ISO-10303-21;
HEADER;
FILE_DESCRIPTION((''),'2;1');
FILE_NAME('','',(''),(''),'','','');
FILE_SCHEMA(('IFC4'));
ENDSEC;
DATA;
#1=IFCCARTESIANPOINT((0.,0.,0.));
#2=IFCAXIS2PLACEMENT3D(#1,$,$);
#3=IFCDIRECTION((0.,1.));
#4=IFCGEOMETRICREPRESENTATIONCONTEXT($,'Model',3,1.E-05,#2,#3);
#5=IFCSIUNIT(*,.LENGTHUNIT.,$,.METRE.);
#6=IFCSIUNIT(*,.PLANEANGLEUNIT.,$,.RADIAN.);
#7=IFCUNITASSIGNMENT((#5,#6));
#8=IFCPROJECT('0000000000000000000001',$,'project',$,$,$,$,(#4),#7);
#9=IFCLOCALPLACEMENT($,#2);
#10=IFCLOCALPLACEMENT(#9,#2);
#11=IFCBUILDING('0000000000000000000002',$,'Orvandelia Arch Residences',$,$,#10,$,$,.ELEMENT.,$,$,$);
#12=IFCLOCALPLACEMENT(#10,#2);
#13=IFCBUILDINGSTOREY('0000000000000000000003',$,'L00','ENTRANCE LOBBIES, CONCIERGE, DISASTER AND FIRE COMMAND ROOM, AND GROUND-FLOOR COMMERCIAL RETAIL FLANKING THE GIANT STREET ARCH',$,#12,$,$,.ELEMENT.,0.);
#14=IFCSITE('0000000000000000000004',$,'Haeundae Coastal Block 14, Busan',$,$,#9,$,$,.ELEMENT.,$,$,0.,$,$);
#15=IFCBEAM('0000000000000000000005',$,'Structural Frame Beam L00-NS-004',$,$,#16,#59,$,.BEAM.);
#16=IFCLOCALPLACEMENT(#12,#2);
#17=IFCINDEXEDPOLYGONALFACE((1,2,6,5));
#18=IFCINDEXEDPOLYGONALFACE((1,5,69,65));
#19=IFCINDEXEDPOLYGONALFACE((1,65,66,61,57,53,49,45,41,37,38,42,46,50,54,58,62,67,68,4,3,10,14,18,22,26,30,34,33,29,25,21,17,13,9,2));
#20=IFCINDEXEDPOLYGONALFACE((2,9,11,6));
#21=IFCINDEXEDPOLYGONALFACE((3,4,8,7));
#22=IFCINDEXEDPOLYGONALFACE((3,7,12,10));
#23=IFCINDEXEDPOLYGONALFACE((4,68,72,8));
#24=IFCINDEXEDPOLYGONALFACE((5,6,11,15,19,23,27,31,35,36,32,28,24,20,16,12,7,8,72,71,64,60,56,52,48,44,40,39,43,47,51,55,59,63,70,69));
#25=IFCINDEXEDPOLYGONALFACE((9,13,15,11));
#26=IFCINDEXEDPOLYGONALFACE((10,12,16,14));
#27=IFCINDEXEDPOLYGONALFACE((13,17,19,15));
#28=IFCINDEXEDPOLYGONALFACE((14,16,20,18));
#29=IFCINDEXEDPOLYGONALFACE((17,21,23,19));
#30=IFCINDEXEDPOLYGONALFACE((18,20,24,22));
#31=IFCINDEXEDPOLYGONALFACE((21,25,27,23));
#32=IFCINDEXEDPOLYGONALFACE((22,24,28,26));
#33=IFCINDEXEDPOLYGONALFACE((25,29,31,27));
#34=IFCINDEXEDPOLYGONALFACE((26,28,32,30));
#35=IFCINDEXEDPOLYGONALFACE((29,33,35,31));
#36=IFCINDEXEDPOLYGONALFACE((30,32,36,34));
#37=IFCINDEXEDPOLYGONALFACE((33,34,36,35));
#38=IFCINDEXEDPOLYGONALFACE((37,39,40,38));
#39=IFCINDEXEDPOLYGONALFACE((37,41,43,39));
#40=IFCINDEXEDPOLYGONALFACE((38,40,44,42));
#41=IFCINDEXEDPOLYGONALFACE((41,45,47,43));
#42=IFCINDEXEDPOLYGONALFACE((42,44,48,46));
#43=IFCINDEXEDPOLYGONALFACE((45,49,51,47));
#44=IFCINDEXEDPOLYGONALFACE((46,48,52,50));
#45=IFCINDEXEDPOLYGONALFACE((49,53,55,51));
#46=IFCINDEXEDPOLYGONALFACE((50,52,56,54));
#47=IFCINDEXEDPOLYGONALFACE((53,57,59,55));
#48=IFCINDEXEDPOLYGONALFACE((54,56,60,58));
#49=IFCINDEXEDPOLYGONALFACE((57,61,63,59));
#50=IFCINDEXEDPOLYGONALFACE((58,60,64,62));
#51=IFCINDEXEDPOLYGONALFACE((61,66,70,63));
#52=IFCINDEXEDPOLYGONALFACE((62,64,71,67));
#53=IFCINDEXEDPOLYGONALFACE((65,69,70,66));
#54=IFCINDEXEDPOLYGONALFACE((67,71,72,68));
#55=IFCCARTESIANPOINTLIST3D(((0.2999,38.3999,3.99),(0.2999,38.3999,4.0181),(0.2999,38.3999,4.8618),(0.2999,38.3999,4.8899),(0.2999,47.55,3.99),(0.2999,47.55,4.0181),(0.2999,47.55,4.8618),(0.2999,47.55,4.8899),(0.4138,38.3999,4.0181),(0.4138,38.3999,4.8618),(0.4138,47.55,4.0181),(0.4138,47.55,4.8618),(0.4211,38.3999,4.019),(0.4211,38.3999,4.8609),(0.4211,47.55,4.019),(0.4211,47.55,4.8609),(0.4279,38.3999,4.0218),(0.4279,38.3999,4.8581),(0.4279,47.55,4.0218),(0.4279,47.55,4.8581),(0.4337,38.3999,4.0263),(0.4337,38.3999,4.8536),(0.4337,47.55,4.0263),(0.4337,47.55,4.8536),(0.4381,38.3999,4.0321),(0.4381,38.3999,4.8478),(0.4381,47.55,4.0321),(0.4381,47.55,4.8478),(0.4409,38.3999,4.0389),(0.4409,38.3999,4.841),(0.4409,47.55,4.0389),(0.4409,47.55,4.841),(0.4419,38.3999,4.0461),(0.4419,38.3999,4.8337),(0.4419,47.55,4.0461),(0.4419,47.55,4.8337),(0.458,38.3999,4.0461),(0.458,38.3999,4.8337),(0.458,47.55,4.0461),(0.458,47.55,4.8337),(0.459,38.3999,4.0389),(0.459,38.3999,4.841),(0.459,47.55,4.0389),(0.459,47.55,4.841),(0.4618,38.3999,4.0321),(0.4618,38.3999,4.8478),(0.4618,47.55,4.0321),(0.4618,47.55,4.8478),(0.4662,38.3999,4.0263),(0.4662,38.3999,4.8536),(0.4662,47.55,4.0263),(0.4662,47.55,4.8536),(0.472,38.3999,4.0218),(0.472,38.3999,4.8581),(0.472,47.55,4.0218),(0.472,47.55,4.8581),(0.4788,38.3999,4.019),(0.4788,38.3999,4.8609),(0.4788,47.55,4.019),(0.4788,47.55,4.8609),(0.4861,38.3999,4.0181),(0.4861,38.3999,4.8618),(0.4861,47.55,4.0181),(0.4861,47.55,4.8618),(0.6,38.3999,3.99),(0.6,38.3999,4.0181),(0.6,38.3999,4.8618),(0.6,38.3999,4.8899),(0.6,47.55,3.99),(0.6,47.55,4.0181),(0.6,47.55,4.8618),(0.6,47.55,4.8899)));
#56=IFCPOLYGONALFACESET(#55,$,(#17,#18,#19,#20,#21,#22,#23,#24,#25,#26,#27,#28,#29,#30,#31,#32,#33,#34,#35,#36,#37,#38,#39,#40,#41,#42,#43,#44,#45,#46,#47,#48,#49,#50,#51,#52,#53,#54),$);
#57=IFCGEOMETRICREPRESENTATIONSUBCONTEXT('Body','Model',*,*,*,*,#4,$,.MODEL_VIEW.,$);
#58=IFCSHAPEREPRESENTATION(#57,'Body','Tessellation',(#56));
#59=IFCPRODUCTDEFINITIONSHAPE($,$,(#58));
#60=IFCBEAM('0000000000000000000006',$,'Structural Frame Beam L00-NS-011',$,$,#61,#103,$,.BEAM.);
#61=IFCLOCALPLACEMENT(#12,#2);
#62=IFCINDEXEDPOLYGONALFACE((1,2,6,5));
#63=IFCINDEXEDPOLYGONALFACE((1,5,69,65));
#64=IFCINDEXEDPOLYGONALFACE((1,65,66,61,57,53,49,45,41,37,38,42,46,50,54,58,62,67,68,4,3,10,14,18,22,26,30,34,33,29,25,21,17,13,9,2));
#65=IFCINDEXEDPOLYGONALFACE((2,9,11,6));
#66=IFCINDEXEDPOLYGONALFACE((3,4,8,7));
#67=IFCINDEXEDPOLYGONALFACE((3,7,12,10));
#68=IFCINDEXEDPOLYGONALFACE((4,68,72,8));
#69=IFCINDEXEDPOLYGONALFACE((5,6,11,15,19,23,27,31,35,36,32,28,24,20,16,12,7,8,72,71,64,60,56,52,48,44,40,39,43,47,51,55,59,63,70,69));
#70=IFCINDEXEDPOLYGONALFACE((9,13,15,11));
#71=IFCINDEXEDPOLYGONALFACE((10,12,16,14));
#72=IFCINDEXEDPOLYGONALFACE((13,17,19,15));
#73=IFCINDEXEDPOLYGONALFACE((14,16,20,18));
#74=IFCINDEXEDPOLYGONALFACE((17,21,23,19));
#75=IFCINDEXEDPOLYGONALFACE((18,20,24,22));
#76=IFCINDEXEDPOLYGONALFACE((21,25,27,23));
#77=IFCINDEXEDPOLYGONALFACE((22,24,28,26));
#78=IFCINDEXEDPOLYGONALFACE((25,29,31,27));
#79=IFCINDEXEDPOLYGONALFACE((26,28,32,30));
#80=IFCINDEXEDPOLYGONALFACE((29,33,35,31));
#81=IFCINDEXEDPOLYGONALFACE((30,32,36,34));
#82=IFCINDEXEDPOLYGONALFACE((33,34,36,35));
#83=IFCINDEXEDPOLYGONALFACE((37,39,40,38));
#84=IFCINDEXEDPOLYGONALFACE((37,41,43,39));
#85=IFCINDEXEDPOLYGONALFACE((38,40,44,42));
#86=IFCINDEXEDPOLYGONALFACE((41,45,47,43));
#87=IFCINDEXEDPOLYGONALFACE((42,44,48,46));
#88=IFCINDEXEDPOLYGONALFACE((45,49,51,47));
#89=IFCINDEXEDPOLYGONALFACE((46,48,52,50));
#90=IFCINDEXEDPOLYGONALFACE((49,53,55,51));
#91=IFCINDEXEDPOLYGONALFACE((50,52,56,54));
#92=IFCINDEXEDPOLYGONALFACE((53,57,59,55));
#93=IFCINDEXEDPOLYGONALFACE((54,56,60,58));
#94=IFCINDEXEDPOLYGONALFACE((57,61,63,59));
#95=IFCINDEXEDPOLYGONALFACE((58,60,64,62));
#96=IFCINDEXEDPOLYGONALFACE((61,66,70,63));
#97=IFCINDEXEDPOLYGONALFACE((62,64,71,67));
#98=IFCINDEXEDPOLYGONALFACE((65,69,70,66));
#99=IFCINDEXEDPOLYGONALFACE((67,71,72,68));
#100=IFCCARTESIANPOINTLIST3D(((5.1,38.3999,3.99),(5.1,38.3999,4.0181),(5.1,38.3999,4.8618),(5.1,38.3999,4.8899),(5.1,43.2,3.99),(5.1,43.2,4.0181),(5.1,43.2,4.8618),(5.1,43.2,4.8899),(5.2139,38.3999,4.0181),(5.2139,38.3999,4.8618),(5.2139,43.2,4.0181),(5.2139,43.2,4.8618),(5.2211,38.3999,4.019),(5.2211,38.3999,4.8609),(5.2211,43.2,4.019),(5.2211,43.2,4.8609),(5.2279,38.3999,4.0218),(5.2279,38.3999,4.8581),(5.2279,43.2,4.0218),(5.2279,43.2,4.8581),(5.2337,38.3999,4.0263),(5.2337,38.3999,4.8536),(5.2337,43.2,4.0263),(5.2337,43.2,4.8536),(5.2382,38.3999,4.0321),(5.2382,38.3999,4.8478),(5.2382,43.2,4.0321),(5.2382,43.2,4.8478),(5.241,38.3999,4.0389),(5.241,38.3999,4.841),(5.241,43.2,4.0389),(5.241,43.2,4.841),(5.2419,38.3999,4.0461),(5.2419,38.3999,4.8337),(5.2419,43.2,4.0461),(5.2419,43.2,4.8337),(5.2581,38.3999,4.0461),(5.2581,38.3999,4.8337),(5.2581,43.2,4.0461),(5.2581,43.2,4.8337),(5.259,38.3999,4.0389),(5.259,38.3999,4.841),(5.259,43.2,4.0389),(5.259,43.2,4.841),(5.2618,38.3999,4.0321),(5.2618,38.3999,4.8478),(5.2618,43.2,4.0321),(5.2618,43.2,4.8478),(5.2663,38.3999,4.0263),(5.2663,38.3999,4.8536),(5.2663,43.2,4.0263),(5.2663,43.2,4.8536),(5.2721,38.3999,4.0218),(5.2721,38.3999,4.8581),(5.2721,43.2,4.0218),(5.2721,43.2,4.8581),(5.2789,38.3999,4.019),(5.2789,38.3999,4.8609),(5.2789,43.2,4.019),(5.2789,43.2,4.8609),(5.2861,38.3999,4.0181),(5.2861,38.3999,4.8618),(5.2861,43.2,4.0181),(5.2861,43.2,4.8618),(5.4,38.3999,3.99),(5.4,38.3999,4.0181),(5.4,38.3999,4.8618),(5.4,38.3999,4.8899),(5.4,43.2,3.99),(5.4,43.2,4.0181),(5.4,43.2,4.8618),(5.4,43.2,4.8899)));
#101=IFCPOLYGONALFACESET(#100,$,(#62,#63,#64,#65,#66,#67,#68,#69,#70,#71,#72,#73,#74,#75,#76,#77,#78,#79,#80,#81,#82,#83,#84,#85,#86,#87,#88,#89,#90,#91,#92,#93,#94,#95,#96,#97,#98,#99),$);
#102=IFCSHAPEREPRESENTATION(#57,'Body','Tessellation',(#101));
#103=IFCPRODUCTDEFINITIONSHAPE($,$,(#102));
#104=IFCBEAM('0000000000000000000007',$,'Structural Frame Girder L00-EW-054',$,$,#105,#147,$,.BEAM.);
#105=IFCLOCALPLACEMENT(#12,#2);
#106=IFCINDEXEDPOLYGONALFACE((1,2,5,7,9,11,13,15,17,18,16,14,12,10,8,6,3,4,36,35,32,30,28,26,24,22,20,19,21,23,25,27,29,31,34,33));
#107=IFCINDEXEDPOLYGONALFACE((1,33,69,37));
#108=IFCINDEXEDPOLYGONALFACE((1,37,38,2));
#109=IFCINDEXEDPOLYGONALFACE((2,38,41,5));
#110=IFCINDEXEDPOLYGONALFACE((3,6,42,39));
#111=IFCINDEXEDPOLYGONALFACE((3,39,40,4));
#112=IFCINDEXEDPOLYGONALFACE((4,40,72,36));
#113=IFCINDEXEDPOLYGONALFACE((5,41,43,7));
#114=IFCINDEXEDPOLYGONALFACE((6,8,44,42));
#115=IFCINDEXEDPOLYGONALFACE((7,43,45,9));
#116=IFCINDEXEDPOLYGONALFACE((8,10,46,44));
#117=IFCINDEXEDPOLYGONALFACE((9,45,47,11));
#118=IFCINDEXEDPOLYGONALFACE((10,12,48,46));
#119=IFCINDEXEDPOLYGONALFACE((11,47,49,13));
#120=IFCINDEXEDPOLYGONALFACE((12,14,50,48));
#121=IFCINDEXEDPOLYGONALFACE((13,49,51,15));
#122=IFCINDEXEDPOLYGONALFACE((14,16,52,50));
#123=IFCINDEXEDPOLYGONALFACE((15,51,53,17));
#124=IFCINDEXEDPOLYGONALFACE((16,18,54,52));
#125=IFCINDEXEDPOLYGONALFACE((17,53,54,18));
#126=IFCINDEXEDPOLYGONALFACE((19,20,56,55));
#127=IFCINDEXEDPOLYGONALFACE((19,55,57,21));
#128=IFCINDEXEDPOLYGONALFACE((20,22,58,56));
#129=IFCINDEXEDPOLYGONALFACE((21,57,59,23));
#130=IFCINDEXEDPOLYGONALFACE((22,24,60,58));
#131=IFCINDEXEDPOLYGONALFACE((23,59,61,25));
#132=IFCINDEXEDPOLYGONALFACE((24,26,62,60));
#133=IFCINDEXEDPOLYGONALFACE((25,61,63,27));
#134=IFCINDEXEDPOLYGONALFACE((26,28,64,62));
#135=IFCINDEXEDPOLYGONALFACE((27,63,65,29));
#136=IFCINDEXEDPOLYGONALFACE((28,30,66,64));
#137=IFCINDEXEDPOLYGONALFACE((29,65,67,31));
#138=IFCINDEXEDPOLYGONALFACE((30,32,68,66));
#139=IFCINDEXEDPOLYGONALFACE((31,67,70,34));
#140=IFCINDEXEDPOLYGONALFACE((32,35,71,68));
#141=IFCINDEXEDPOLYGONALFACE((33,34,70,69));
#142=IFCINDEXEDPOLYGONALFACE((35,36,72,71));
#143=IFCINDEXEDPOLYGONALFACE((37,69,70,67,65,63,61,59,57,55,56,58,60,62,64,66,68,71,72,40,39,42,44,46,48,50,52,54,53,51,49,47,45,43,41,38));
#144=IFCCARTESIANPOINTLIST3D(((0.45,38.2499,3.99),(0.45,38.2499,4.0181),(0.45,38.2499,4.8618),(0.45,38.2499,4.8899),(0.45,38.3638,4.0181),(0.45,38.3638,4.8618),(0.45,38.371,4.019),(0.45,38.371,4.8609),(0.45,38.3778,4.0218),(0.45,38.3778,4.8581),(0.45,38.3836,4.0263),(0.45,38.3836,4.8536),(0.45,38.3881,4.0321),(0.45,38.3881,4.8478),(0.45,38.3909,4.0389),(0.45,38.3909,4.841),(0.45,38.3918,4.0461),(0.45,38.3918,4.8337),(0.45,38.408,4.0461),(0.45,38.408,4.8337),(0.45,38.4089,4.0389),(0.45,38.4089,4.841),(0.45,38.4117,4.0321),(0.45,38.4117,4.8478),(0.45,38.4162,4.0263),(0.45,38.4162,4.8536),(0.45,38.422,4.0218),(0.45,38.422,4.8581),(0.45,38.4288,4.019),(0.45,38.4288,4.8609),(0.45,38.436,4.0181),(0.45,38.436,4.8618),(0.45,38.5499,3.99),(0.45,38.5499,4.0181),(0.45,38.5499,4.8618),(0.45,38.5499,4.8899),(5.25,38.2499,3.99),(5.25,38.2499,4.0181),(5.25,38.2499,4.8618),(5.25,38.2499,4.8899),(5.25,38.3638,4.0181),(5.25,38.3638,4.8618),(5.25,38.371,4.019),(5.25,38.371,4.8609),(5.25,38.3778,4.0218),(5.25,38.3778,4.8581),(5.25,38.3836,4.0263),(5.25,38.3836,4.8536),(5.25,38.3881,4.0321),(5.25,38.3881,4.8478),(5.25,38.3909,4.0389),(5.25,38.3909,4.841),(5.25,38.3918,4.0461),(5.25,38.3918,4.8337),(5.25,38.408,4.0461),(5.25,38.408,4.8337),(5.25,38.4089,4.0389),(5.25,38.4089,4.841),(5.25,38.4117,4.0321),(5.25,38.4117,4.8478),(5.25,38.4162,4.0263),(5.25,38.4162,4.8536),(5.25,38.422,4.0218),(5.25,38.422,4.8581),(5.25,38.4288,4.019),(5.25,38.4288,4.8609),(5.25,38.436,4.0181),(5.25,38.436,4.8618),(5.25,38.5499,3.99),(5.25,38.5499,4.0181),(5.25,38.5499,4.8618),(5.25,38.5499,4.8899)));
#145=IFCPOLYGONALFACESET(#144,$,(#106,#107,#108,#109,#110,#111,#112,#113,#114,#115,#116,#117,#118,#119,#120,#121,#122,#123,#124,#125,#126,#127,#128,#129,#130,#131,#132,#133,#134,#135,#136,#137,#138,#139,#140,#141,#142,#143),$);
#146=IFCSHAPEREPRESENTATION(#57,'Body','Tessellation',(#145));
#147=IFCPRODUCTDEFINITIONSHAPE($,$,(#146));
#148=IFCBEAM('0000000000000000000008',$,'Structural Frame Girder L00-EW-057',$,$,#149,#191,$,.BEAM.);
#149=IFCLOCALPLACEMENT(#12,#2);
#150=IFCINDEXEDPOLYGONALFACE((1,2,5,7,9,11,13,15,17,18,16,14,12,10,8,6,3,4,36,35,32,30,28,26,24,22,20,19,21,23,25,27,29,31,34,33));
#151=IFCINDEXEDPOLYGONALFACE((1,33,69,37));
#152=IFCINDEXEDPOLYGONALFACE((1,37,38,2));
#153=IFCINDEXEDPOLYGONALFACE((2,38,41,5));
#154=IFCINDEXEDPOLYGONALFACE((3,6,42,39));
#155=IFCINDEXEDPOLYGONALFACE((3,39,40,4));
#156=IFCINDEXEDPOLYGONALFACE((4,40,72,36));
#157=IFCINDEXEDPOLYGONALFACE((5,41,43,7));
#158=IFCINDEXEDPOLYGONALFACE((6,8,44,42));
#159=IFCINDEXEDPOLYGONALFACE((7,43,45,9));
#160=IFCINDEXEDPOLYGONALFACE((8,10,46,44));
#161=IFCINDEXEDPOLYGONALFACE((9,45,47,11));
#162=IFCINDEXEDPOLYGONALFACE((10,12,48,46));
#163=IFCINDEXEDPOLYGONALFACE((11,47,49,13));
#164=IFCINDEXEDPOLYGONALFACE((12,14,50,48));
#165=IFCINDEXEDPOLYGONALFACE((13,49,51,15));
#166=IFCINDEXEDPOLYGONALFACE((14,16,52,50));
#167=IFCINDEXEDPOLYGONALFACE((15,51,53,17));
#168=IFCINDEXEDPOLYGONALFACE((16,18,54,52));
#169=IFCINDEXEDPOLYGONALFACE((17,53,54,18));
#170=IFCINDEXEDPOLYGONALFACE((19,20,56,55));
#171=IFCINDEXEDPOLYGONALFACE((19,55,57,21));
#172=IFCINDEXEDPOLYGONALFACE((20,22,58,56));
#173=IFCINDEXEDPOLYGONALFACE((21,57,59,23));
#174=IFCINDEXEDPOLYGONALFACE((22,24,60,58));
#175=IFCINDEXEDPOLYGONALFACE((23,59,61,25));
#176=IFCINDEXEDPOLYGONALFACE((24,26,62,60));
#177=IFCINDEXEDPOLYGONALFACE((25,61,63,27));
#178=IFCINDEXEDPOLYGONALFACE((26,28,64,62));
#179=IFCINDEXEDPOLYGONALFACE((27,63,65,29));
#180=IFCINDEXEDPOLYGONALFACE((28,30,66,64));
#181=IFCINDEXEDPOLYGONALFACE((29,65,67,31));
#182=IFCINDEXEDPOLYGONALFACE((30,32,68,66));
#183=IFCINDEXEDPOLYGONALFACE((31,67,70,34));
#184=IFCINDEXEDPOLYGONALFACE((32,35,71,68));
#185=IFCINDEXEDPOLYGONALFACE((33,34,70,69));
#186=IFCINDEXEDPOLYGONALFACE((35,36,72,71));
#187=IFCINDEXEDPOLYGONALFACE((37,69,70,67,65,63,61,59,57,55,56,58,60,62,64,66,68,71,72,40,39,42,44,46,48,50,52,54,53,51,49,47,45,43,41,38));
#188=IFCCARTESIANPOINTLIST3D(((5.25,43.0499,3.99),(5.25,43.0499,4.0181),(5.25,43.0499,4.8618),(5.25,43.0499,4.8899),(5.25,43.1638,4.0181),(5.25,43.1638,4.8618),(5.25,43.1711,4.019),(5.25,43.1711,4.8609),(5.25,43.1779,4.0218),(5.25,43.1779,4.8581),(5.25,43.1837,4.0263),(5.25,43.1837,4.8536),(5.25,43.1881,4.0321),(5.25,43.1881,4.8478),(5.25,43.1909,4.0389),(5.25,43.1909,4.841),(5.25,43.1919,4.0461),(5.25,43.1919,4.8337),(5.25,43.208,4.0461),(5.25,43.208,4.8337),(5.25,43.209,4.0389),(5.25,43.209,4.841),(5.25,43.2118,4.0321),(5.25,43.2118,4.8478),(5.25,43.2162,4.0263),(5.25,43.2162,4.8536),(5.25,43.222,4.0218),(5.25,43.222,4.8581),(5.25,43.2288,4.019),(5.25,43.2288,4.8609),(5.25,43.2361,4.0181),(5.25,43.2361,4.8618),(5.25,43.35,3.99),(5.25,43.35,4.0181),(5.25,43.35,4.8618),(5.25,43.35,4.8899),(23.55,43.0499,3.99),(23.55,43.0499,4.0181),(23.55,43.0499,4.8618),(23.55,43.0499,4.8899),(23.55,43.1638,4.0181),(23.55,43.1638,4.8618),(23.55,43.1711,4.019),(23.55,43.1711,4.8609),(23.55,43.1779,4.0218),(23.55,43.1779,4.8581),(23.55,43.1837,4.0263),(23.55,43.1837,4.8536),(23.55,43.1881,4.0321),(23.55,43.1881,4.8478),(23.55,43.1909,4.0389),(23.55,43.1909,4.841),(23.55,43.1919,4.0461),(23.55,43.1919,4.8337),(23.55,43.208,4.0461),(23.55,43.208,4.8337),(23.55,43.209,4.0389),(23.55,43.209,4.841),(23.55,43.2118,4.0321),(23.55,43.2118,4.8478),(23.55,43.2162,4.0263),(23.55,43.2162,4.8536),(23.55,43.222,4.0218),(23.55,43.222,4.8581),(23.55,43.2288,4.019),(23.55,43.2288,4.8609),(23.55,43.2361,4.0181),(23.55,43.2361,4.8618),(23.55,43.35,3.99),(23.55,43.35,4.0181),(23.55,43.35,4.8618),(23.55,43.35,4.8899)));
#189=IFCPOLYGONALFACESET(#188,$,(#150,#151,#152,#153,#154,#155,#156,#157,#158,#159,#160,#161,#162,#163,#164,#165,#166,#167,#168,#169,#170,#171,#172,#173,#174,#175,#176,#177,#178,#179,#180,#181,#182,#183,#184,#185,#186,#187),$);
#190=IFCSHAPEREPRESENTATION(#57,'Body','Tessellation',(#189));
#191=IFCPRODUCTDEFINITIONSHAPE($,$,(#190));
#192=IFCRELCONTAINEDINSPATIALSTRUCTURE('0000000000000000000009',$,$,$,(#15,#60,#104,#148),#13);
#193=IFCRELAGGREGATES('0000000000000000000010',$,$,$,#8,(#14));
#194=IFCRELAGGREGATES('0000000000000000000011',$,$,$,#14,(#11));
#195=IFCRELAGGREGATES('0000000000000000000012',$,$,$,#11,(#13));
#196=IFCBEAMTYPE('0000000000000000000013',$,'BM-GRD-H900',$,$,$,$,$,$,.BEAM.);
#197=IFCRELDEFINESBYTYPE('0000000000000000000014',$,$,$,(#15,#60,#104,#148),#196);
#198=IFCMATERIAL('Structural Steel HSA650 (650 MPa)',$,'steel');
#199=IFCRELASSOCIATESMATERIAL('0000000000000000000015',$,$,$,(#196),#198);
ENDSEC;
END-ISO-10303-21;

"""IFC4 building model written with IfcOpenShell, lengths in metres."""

from ifc_helpers import new_model, si_unit, direction, frame, origin, origin_2d, place, context, subcontext, project, spatial, i_section, extrude, material, material_profile, profile_set, type_object, element, save


model = new_model("IFC4")

# Units and contexts
model_context = context("Model", 3, precision=1e-05, world=origin(), true_north=direction((0.0, 1.0)))
body_context = subcontext(model_context, "Body", "Model", "MODEL_VIEW")
ifc_project = project(units=[si_unit("LENGTHUNIT", "METRE"), si_unit("PLANEANGLEUNIT", "RADIAN")], contexts=[model_context])

# Site, building, storey
site_placement = place(None, origin())
site = spatial("IfcSite", under=ifc_project, at=site_placement, Name="Haeundae Coastal Block 14, Busan", CompositionType="ELEMENT", RefElevation=0.0)
building_placement = place(site_placement, origin())
building = spatial("IfcBuilding", under=site, at=building_placement, Name="Orvandelia Arch Residences", CompositionType="ELEMENT")
storey_placement = place(building_placement, origin())
storey = spatial("IfcBuildingStorey", under=building, at=storey_placement, Name="L00", Description="ENTRANCE LOBBIES, CONCIERGE, DISASTER AND FIRE COMMAND ROOM, AND GROUND-FLOOR COMMERCIAL RETAIL FLANKING THE GIANT STREET ARCH", CompositionType="ELEMENT", Elevation=0.0)

# Beams
ifc_material_1 = material(Name="Structural Steel HSA650 (650 MPa)", Category="steel")
ifc_material_profile_1 = material_profile(ifc_material_1, i_section(OverallWidth=0.3, OverallDepth=0.8999, WebThickness=0.0161, FlangeThickness=0.0281, FilletRadius=0.0281, at=origin_2d()), Name="Structural Steel HSA650 (650 MPa)", Category="steel")
ifc_profile_set_1 = profile_set([ifc_material_profile_1], Name="Structural Steel HSA650 (650 MPa)")
beam_type = type_object("IfcBeamType", Name="BM-GRD-H900", PredefinedType="BEAM", material=ifc_profile_set_1)
beam_1_placement = place(storey_placement, frame((0.45, 38.3999, 4.4399), z_axis=(0.0, 1.0, 0.0), x_axis=(-1.0, 0.0, 0.0)))
element("IfcBeam", 1, at=beam_1_placement, inside=storey, type_object=beam_type, Name="Structural Frame Beam L00-NS-004", PredefinedType="BEAM", context=body_context, shape_type="SweptSolid", body=[
    extrude(i_section(OverallWidth=0.3, OverallDepth=0.8999, WebThickness=0.0161, FlangeThickness=0.0281, FilletRadius=0.0281, at=origin_2d()), origin(), (0.0, 0.0, 1.0), 9.1501),
])
for number, where, z_axis, x_axis, name in (
    (2, (5.25, 38.3999, 4.4399), (0.0, 1.0, 0.0), (-1.0, 0.0, 0.0), "Structural Frame Beam L00-NS-011"),
    (3, (0.45, 38.3999, 4.4399), (1.0, 0.0, 0.0), (0.0, 1.0, 0.0), "Structural Frame Girder L00-EW-054"),
):
    element("IfcBeam", number, at=place(storey_placement, frame(where, z_axis=z_axis, x_axis=x_axis)), inside=storey, type_object=beam_type, Name=name, PredefinedType="BEAM", context=body_context, shape_type="SweptSolid", body=[
        extrude(i_section(OverallWidth=0.3, OverallDepth=0.8999, WebThickness=0.0161, FlangeThickness=0.0281, FilletRadius=0.0281, at=origin_2d()), origin(), (0.0, 0.0, 1.0), 4.8),
    ])
beam_2_placement = place(storey_placement, frame((5.25, 43.2, 4.4399), z_axis=(1.0, 0.0, 0.0), x_axis=(0.0, 1.0, 0.0)))
element("IfcBeam", 4, at=beam_2_placement, inside=storey, type_object=beam_type, Name="Structural Frame Girder L00-EW-057", PredefinedType="BEAM", context=body_context, shape_type="SweptSolid", body=[
    extrude(i_section(OverallWidth=0.3, OverallDepth=0.8999, WebThickness=0.0161, FlangeThickness=0.0281, FilletRadius=0.0281, at=origin_2d()), origin(), (0.0, 0.0, 1.0), 18.3),
])

save(model, "model.ifc")
